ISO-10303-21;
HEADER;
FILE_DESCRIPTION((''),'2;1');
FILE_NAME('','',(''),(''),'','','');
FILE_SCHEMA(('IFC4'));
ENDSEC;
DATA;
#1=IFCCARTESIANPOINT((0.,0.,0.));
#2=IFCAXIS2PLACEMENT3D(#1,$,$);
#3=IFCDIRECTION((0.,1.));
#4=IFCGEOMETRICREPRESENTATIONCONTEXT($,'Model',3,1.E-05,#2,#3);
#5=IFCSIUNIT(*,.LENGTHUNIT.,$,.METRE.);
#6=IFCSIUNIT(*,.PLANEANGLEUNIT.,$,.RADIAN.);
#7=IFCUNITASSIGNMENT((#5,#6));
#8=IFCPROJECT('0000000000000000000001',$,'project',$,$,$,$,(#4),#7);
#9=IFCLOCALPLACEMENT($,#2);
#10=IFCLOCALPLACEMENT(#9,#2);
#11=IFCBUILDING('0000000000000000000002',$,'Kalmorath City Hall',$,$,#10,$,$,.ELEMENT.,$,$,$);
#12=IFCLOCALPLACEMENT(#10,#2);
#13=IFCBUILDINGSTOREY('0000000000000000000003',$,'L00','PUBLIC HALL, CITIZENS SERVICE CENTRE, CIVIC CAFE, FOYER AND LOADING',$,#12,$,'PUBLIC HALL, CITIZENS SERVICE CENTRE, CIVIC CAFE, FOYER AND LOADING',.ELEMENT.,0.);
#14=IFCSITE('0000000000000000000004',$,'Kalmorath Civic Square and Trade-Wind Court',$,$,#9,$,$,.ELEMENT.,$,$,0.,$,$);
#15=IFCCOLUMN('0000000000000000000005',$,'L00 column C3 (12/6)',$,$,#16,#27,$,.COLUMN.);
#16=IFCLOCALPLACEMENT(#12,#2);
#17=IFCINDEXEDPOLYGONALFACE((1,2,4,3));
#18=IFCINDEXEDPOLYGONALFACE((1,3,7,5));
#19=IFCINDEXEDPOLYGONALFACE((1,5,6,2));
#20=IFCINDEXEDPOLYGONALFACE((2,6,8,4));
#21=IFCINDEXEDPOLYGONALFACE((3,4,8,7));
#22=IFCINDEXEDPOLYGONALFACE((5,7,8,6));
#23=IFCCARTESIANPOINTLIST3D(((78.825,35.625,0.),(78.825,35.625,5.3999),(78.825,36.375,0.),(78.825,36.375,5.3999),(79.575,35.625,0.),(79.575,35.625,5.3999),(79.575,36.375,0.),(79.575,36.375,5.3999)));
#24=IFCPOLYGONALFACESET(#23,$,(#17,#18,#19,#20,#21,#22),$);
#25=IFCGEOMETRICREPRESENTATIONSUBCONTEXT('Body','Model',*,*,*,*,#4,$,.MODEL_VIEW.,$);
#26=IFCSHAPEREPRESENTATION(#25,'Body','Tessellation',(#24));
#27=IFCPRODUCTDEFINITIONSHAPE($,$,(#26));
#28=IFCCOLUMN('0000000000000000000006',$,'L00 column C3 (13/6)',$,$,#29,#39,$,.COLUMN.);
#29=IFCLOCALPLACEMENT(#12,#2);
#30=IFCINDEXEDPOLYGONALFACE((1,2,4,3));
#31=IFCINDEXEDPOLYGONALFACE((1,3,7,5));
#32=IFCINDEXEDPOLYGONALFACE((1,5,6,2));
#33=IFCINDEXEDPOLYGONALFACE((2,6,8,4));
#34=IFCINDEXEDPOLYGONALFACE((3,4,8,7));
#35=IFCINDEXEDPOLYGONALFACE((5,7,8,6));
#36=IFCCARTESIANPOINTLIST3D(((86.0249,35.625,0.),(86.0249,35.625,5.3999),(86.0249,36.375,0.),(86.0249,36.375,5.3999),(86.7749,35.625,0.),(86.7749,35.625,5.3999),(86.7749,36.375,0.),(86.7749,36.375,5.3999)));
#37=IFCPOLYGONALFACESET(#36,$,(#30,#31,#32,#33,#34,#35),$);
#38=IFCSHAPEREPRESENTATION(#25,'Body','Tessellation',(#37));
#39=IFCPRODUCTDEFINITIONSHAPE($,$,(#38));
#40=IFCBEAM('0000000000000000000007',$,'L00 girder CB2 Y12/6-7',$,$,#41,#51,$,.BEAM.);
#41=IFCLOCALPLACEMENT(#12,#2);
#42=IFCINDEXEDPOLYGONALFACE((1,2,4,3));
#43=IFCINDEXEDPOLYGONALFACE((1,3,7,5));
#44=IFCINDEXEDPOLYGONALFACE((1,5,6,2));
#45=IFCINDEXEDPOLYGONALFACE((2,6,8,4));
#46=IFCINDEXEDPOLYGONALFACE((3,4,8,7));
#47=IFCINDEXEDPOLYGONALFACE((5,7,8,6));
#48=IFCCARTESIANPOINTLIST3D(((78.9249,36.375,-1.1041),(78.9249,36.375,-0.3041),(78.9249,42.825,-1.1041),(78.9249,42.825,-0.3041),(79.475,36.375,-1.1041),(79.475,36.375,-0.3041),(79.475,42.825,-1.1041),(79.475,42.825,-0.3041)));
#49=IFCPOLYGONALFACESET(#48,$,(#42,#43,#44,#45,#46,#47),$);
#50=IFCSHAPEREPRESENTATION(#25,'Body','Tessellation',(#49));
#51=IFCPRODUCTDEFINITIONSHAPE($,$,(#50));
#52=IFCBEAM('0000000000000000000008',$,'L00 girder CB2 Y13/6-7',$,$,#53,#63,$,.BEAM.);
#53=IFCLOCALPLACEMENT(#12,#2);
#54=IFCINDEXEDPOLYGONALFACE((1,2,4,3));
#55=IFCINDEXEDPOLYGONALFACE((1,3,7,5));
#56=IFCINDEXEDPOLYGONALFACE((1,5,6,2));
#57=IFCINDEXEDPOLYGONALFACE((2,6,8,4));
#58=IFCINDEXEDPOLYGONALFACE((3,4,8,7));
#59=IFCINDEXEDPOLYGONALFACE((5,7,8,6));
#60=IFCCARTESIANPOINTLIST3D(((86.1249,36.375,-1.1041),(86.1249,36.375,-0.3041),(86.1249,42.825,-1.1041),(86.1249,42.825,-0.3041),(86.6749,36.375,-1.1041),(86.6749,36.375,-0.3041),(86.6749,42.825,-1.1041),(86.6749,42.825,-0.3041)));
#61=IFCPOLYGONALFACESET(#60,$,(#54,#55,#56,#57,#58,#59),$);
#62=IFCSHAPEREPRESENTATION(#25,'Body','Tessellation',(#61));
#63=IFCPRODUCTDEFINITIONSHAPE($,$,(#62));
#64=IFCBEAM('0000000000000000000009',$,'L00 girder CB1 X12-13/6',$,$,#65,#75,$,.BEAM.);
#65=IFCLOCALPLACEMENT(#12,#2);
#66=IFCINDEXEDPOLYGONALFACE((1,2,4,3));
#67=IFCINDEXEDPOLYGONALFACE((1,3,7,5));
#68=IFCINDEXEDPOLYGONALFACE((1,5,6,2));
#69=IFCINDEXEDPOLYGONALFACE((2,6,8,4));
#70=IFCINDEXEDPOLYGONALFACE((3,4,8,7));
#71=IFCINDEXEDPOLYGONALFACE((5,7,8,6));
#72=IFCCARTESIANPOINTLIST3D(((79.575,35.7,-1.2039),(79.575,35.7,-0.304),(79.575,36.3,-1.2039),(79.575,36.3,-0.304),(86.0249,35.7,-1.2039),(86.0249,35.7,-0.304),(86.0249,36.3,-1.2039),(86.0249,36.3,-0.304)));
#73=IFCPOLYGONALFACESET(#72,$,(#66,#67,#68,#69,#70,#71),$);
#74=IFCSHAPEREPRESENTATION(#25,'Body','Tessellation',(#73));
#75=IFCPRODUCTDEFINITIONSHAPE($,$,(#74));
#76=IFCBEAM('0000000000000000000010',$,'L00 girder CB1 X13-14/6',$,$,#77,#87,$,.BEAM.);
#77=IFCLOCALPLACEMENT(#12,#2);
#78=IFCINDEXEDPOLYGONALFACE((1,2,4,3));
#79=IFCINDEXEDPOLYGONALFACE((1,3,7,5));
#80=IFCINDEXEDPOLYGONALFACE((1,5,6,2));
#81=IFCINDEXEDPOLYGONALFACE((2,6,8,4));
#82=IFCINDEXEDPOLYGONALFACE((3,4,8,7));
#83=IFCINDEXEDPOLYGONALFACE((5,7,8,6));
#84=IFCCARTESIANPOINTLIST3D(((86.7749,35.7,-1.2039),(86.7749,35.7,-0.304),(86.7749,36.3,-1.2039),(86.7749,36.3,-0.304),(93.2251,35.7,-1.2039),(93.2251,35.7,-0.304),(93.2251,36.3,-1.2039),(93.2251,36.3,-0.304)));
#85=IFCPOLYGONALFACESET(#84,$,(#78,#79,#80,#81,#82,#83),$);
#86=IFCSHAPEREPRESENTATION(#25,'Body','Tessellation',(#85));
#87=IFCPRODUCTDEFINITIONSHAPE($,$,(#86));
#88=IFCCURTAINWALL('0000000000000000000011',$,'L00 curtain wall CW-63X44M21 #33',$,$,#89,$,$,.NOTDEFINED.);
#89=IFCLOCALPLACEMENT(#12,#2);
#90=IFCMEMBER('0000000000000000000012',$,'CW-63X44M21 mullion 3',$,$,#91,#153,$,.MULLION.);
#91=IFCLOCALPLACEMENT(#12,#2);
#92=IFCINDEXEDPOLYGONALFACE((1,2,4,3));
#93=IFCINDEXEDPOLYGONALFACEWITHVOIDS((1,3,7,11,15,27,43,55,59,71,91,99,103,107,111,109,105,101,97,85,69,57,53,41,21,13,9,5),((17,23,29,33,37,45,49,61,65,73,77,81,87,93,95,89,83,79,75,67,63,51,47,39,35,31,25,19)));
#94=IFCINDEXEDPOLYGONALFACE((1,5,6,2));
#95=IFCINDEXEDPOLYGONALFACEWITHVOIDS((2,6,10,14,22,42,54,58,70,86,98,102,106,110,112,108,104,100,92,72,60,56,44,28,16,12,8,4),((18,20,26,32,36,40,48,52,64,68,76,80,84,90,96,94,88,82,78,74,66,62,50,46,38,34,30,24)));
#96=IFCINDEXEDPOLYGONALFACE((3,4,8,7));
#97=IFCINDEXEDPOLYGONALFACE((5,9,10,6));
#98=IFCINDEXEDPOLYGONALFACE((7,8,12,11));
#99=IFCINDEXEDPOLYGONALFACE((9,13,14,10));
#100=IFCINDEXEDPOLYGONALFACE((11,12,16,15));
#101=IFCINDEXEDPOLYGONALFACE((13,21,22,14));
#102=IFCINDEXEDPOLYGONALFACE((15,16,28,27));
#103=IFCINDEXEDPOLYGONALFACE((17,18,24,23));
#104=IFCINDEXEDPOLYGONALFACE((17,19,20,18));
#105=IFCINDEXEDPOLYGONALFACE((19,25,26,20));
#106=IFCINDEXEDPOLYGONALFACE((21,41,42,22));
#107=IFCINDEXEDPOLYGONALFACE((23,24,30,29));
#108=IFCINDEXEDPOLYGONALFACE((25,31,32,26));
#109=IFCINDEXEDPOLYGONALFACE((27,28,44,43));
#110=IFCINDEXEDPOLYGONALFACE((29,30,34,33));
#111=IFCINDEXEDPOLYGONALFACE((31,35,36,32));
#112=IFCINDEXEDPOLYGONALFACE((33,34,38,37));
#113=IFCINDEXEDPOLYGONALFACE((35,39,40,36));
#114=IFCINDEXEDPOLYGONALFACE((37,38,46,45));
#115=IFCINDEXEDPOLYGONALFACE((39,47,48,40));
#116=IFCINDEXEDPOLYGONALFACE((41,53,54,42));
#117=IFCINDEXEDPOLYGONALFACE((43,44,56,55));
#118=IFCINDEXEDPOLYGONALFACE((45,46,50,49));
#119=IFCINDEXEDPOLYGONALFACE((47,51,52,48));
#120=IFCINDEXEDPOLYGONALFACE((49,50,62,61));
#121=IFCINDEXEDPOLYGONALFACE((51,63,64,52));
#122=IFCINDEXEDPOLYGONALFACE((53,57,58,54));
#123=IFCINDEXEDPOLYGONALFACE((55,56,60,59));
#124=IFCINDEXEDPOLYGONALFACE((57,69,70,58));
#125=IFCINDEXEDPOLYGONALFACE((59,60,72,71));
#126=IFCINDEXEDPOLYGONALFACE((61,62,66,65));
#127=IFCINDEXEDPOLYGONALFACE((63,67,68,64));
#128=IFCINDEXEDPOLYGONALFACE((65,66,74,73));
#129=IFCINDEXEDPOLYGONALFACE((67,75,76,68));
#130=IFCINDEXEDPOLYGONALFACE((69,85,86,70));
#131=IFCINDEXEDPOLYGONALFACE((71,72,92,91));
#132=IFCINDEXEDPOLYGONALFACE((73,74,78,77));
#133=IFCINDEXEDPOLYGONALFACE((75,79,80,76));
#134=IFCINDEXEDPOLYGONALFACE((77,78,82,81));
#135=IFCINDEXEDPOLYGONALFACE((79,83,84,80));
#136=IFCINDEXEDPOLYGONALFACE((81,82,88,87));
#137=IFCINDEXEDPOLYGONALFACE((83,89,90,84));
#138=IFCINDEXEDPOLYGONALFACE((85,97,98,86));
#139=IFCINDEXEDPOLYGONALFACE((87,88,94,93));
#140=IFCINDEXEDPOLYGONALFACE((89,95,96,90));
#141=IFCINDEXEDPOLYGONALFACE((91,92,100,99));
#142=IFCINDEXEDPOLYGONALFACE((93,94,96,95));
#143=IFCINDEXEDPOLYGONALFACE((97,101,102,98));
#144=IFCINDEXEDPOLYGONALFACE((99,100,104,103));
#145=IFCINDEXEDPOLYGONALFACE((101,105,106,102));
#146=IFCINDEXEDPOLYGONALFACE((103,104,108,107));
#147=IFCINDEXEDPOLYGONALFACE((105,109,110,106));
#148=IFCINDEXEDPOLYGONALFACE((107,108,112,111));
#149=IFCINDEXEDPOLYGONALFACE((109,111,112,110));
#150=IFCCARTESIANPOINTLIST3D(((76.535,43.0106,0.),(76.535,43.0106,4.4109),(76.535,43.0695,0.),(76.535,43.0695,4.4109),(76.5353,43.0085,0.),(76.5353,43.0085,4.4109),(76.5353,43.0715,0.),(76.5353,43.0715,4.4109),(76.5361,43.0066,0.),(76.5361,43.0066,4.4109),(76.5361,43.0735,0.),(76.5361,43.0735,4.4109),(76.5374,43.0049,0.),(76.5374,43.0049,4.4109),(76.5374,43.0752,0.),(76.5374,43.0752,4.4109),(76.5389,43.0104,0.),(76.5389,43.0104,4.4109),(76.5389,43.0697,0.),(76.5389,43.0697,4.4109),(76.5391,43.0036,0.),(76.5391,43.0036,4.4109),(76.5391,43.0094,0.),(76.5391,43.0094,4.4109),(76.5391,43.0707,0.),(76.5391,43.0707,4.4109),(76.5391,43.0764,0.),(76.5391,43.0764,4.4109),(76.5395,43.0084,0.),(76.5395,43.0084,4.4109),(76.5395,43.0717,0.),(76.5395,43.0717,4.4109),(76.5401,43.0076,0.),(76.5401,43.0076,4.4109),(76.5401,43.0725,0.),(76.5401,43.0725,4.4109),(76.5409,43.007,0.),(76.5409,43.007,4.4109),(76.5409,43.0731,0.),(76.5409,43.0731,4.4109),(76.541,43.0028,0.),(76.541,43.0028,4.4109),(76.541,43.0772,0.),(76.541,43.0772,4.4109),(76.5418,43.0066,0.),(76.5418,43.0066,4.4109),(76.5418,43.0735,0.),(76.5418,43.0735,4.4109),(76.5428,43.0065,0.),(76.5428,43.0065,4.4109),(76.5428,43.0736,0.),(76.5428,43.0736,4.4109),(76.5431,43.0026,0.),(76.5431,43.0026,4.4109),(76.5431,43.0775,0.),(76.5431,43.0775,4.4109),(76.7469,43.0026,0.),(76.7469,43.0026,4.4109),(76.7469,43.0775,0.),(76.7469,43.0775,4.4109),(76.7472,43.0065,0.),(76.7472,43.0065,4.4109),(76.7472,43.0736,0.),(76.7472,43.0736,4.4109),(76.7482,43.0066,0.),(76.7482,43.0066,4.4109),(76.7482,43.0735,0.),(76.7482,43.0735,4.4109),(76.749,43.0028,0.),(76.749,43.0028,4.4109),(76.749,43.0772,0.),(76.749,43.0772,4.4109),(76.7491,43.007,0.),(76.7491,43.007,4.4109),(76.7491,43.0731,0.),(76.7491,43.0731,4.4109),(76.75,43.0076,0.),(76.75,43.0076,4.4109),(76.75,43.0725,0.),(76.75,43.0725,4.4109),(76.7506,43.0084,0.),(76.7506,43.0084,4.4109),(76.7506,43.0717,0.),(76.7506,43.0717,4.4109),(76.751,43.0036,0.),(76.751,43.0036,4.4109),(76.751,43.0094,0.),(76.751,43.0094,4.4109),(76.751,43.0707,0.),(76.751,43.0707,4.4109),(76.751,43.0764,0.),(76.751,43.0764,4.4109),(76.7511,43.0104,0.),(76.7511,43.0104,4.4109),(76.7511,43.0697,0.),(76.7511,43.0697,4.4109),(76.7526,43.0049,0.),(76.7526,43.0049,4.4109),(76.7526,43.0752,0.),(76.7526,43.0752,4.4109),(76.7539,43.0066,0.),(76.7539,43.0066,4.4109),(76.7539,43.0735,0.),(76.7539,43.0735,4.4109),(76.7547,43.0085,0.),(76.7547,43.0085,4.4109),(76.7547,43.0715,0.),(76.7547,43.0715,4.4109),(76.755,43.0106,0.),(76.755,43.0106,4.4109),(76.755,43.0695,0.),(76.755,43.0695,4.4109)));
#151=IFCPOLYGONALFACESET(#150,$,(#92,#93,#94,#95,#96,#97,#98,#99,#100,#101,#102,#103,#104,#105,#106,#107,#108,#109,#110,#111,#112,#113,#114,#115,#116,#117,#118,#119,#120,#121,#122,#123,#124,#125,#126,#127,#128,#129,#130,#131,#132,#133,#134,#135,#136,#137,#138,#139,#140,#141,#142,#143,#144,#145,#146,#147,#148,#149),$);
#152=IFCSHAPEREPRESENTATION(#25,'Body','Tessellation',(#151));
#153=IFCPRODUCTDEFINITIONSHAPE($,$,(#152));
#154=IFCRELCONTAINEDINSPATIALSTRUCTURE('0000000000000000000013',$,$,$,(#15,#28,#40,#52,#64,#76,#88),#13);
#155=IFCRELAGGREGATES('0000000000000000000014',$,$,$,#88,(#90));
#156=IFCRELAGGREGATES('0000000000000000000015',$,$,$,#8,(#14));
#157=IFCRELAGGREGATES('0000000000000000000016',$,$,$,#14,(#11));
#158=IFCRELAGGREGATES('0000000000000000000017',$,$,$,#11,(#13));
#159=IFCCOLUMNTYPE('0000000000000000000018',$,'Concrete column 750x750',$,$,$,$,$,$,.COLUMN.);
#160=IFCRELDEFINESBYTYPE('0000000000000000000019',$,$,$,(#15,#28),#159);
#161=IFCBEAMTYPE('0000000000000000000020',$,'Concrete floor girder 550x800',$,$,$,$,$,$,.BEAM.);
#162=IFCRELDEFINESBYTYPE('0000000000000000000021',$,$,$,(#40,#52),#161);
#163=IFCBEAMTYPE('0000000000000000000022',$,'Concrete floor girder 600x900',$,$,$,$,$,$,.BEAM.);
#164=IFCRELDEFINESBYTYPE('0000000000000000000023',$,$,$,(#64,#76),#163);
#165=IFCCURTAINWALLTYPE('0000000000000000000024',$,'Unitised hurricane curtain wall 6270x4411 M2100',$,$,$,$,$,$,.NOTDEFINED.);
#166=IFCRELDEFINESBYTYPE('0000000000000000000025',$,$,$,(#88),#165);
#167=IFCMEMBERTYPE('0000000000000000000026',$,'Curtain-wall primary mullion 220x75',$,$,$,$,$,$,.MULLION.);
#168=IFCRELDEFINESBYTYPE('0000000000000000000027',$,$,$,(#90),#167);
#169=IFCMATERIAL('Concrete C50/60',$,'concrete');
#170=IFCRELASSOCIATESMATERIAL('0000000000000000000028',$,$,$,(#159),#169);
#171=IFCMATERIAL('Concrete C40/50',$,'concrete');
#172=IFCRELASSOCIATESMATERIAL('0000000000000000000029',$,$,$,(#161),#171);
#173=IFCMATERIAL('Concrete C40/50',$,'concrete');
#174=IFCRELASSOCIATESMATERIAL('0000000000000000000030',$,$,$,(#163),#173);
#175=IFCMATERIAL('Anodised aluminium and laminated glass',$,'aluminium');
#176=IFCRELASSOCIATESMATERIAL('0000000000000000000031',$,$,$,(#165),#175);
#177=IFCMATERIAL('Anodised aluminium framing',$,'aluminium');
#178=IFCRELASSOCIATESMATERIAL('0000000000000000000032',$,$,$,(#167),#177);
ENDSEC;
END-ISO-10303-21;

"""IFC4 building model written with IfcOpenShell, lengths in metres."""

from ifc_helpers import new_model, si_unit, direction, frame, origin, origin_2d, place, context, subcontext, project, spatial, rectangle, hollow_rectangle, extrude, material, material_profile, profile_set, type_object, element, aggregate, save


model = new_model("IFC4")

# Units and contexts
model_context = context("Model", 3, precision=1e-05, world=origin(), true_north=direction((0.0, 1.0)))
body_context = subcontext(model_context, "Body", "Model", "MODEL_VIEW")
ifc_project = project(units=[si_unit("LENGTHUNIT", "METRE"), si_unit("PLANEANGLEUNIT", "RADIAN")], contexts=[model_context])

# Site, building, storey
site_placement = place(None, origin())
site = spatial("IfcSite", under=ifc_project, at=site_placement, Name="Kalmorath Civic Square and Trade-Wind Court", CompositionType="ELEMENT", RefElevation=0.0)
building_placement = place(site_placement, origin())
building = spatial("IfcBuilding", under=site, at=building_placement, Name="Kalmorath City Hall", CompositionType="ELEMENT")
storey_placement = place(building_placement, origin())
storey = spatial("IfcBuildingStorey", under=building, at=storey_placement, Name="L00", Description="PUBLIC HALL, CITIZENS SERVICE CENTRE, CIVIC CAFE, FOYER AND LOADING", LongName="PUBLIC HALL, CITIZENS SERVICE CENTRE, CIVIC CAFE, FOYER AND LOADING", CompositionType="ELEMENT", Elevation=0.0)

# Columns
ifc_material_1 = material(Name="Concrete C50/60", Category="concrete")
ifc_material_profile_1 = material_profile(ifc_material_1, rectangle(XDim=0.75, YDim=0.75, at=origin_2d()), Name="RC-COL-750X750")
ifc_profile_set_1 = profile_set([ifc_material_profile_1], Name="Concrete C50/60")
column_type = type_object("IfcColumnType", Name="Concrete column 750x750", PredefinedType="COLUMN", material=ifc_profile_set_1)
for number, where, z_axis, x_axis, name in (
    (1, (79.2, 36.0, 0.0), (0.0, 0.0, 1.0), (1.0, 0.0, 0.0), "L00 column C3 (12/6)"),
    (2, (86.3999, 36.0, 0.0), (0.0, 0.0, 1.0), (1.0, 0.0, 0.0), "L00 column C3 (13/6)"),
):
    element("IfcColumn", number, at=place(storey_placement, frame(where, z_axis=z_axis, x_axis=x_axis)), inside=storey, type_object=column_type, Name=name, PredefinedType="COLUMN", context=body_context, shape_type="SweptSolid", body=[
        extrude(rectangle(XDim=0.75, YDim=0.75, at=origin_2d()), origin(), (0.0, 0.0, 1.0), 5.3999),
    ])

# Beams
ifc_material_2 = material(Name="Concrete C40/50", Category="concrete")
ifc_material_profile_2 = material_profile(ifc_material_2, rectangle(XDim=0.55, YDim=0.8, at=origin_2d()), Name="RC-BM-550X800")
ifc_profile_set_2 = profile_set([ifc_material_profile_2], Name="Concrete C40/50")
beam_type_1 = type_object("IfcBeamType", Name="Concrete floor girder 550x800", PredefinedType="BEAM", material=ifc_profile_set_2)
for number, where, z_axis, x_axis, name in (
    (3, (79.2, 36.375, -0.7041), (0.0, 1.0, 0.0), (-1.0, 0.0, 0.0), "L00 girder CB2 Y12/6-7"),
    (4, (86.3999, 36.375, -0.7041), (0.0, 1.0, 0.0), (-1.0, 0.0, 0.0), "L00 girder CB2 Y13/6-7"),
):
    element("IfcBeam", number, at=place(storey_placement, frame(where, z_axis=z_axis, x_axis=x_axis)), inside=storey, type_object=beam_type_1, Name=name, PredefinedType="BEAM", context=body_context, shape_type="SweptSolid", body=[
        extrude(rectangle(XDim=0.55, YDim=0.8, at=origin_2d()), origin(), (0.0, 0.0, 1.0), 6.45),
    ])
ifc_material_3 = material(Name="Concrete C40/50", Category="concrete")
ifc_material_profile_3 = material_profile(ifc_material_3, rectangle(XDim=0.6001, YDim=0.8999, at=origin_2d()), Name="RC-BM-600X900")
ifc_profile_set_3 = profile_set([ifc_material_profile_3], Name="Concrete C40/50")
beam_type_2 = type_object("IfcBeamType", Name="Concrete floor girder 600x900", PredefinedType="BEAM", material=ifc_profile_set_3)
beam_1_placement = place(storey_placement, frame((79.575, 36.0, -0.7539), z_axis=(1.0, 0.0, 0.0), x_axis=(0.0, 1.0, 0.0)))
element("IfcBeam", 5, at=beam_1_placement, inside=storey, type_object=beam_type_2, Name="L00 girder CB1 X12-13/6", PredefinedType="BEAM", context=body_context, shape_type="SweptSolid", body=[
    extrude(rectangle(XDim=0.6001, YDim=0.8999, at=origin_2d()), origin(), (0.0, 0.0, 1.0), 6.45),
])
beam_2_placement = place(storey_placement, frame((86.7749, 36.0, -0.7539), z_axis=(1.0, 0.0, 0.0), x_axis=(0.0, 1.0, 0.0)))
element("IfcBeam", 6, at=beam_2_placement, inside=storey, type_object=beam_type_2, Name="L00 girder CB1 X13-14/6", PredefinedType="BEAM", context=body_context, shape_type="SweptSolid", body=[
    extrude(rectangle(XDim=0.6001, YDim=0.8999, at=origin_2d()), origin(), (0.0, 0.0, 1.0), 6.4502),
])

# Curtain wall, member
ifc_material_4 = material(Name="Anodised aluminium and laminated glass", Category="aluminium")
curtain_wall_type = type_object("IfcCurtainWallType", Name="Unitised hurricane curtain wall 6270x4411 M2100", PredefinedType="NOTDEFINED", material=ifc_material_4)
curtain_wall_placement = place(storey_placement, origin())
curtain_wall = element("IfcCurtainWall", 7, at=curtain_wall_placement, inside=storey, type_object=curtain_wall_type, Name="L00 curtain wall CW-63X44M21 #33", PredefinedType="NOTDEFINED")
ifc_material_5 = material(Name="Anodised aluminium framing", Category="aluminium")
ifc_material_profile_4 = material_profile(ifc_material_5, hollow_rectangle(XDim=0.075, YDim=0.22, WallThickness=0.0039, InnerFilletRadius=0.0039, OuterFilletRadius=0.0081, at=origin_2d()), Name="ALU-MUL-220X75X4")
ifc_profile_set_4 = profile_set([ifc_material_profile_4], Name="Anodised aluminium framing")
member_type_1 = type_object("IfcMemberType", Name="Curtain-wall primary mullion 220x75", PredefinedType="MULLION", material=ifc_profile_set_4)
member_1_placement = place(storey_placement, frame((76.645, 43.04, 0.0), z_axis=(0.0, 0.0, 1.0), x_axis=(0.0, 1.0, 0.0)))
member_1 = element("IfcMember", 8, at=member_1_placement, type_object=member_type_1, Name="CW-63X44M21 mullion 3", PredefinedType="MULLION", context=body_context, shape_type="SweptSolid", body=[
    extrude(hollow_rectangle(XDim=0.075, YDim=0.22, WallThickness=0.0039, InnerFilletRadius=0.0039, OuterFilletRadius=0.0081, at=origin_2d()), origin(), (0.0, 0.0, 1.0), 4.4109),
])

aggregate(curtain_wall, [member_1])

save(model, "model.ifc")
